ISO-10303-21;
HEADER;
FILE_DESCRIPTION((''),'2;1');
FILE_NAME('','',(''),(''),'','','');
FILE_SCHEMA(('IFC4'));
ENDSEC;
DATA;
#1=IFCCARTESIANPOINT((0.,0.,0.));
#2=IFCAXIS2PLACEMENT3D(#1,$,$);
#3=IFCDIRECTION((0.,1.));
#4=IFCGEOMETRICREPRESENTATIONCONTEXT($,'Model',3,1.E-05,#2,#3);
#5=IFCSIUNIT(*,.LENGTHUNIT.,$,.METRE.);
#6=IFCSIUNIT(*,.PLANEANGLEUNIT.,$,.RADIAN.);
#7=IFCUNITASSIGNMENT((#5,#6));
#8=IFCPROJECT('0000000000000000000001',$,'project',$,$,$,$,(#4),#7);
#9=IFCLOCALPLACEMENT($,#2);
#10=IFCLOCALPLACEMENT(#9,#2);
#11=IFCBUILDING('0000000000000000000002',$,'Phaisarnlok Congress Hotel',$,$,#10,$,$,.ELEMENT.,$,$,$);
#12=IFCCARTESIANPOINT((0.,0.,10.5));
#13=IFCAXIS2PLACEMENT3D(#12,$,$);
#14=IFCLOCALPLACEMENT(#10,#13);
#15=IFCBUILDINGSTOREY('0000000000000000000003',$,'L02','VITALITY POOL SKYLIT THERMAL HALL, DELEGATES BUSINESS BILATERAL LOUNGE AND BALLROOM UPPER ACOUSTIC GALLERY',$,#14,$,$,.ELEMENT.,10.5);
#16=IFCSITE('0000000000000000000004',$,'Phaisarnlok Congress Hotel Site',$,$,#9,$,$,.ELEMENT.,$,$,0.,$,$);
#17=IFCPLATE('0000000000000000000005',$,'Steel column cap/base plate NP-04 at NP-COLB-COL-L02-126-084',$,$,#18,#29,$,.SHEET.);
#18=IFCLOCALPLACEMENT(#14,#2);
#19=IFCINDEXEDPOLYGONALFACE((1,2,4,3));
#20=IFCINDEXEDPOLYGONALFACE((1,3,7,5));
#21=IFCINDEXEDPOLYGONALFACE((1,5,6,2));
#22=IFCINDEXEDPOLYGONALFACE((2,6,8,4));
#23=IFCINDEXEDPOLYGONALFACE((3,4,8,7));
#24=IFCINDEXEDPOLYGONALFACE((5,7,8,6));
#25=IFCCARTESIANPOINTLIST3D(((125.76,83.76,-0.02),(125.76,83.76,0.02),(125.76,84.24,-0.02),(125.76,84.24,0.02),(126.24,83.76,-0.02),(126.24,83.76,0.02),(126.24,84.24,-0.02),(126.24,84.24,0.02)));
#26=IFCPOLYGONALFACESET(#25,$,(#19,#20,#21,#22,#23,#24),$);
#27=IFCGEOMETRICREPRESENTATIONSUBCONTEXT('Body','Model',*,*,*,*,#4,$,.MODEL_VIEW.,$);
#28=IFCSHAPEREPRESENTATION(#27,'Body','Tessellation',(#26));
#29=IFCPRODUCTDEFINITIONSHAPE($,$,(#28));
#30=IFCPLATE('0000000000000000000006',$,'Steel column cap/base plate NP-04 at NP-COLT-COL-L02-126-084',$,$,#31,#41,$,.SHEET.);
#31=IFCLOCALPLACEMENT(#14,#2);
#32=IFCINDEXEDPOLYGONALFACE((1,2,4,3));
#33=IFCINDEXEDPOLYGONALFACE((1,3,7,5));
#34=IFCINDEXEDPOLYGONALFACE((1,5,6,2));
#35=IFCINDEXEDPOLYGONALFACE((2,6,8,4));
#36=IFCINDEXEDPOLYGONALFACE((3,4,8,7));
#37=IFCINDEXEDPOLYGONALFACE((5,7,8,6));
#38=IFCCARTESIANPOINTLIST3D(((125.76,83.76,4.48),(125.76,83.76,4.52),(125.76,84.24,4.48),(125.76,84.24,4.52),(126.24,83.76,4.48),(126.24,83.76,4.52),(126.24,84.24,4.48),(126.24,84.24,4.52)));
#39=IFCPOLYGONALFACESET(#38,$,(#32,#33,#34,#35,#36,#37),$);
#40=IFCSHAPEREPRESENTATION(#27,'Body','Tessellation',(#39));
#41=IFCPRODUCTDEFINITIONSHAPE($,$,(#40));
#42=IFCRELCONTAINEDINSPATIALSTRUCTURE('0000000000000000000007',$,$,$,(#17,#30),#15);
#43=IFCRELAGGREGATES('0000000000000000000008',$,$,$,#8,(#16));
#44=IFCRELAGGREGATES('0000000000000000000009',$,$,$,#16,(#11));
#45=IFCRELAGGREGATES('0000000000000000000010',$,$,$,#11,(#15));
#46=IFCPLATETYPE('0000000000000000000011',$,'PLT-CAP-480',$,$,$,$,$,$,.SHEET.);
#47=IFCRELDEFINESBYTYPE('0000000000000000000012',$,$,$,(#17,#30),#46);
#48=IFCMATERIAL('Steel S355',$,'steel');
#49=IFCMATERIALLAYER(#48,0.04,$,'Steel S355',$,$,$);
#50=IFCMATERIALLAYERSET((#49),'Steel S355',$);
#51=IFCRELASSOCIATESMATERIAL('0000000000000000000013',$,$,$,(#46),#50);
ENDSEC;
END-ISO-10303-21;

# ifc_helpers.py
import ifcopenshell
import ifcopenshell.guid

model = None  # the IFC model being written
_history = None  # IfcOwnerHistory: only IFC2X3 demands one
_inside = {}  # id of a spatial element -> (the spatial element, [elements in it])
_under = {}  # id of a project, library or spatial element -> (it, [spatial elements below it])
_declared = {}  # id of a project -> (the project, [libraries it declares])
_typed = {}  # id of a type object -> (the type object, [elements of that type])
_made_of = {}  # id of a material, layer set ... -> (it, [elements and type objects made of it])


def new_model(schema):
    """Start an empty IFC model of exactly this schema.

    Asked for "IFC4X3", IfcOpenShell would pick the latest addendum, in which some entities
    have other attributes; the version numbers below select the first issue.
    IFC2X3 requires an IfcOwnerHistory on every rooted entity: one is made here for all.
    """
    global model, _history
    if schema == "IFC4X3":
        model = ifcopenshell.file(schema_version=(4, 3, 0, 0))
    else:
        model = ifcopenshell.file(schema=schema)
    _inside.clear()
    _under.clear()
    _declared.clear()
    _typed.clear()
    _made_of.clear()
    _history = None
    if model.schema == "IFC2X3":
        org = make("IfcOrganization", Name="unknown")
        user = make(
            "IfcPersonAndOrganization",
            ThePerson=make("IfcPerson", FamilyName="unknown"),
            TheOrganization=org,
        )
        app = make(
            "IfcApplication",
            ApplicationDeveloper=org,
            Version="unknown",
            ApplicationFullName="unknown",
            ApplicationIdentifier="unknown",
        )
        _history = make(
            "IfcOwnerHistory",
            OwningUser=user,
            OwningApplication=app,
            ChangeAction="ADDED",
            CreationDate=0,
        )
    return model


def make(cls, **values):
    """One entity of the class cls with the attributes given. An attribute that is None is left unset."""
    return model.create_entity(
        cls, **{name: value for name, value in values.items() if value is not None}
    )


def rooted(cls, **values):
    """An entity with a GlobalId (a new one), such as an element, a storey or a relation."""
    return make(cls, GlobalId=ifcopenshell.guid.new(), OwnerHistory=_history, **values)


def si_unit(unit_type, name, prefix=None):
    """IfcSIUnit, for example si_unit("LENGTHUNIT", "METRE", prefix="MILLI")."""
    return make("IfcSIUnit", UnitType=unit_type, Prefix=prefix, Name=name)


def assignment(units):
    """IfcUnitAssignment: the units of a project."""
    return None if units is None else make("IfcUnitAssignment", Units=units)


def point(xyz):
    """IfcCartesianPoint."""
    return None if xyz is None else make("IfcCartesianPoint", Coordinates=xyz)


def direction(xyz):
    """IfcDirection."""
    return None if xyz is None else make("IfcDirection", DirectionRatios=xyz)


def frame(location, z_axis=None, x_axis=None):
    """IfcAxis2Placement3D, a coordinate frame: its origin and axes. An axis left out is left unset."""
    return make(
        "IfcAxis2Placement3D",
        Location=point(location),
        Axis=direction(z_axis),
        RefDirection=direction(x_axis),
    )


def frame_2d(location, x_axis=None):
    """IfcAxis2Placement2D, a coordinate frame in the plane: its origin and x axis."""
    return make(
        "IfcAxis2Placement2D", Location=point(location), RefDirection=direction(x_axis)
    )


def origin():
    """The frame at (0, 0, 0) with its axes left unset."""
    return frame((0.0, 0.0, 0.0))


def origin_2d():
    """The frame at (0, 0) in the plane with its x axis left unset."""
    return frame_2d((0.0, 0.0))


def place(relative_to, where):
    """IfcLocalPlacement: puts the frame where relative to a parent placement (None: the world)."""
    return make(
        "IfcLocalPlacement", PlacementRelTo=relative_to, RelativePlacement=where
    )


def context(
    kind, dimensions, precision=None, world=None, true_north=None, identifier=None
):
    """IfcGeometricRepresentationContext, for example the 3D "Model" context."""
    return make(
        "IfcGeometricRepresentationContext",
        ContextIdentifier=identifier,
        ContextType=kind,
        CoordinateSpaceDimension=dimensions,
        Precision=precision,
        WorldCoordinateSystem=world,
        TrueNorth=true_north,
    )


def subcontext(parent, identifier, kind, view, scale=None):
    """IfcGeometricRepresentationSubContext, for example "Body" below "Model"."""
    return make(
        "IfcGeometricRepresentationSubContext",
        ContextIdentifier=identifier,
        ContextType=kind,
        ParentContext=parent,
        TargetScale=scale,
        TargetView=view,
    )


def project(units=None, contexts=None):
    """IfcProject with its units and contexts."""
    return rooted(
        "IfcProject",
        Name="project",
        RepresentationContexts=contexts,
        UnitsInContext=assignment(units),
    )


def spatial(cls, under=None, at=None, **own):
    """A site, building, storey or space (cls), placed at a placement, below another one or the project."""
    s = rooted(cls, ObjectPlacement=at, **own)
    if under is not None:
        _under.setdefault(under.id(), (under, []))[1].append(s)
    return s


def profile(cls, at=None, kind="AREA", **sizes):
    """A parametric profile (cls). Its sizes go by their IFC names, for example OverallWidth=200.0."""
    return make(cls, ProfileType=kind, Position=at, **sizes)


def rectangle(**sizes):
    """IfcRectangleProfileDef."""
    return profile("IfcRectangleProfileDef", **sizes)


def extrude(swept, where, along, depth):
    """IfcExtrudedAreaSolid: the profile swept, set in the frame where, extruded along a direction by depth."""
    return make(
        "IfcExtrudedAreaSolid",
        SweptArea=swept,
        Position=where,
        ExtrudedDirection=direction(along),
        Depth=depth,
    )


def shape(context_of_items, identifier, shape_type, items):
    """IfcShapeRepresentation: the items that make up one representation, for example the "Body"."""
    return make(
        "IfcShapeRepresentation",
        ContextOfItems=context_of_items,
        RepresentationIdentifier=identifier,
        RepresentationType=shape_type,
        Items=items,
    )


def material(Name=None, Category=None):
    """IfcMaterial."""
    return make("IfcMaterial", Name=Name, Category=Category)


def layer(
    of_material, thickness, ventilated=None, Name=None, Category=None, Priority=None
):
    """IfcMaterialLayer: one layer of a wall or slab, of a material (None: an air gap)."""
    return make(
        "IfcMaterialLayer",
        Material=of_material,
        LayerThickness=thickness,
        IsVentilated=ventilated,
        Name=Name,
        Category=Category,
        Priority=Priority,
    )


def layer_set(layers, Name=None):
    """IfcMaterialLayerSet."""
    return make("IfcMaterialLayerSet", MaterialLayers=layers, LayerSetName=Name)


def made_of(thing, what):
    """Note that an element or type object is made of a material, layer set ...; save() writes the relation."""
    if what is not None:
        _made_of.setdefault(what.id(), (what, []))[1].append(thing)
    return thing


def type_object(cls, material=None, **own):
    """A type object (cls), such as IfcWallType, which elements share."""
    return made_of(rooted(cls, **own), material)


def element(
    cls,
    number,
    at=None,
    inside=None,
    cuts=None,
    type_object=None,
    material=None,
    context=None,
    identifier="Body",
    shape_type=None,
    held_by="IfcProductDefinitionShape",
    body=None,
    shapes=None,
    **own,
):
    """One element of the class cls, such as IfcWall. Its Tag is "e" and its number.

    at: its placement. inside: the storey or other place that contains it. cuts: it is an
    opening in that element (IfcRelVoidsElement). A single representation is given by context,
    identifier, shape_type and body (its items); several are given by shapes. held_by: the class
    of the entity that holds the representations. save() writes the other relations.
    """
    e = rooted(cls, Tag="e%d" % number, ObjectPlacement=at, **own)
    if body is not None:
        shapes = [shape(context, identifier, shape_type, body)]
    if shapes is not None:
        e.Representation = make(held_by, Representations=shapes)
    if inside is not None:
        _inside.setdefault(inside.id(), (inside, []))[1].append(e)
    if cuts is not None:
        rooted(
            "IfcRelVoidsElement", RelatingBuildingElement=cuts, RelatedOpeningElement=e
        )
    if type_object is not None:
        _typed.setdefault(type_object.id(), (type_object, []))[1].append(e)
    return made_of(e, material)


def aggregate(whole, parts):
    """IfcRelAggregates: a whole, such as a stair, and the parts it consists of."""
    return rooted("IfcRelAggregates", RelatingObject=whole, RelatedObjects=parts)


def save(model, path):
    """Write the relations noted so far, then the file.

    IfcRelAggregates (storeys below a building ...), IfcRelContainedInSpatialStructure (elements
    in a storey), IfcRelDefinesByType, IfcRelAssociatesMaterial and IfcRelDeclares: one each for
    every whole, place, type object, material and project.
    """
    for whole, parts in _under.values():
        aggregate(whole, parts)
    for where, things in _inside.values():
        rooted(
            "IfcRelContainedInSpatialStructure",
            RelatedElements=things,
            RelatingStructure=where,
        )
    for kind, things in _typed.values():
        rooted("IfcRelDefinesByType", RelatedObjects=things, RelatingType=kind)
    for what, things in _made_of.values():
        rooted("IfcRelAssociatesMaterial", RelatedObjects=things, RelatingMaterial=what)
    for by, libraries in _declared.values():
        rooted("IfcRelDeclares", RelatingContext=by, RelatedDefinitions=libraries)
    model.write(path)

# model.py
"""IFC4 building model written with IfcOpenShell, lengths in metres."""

from ifc_helpers import new_model, si_unit, direction, frame, origin, origin_2d, place, context, subcontext, project, spatial, rectangle, extrude, material, layer, layer_set, type_object, element, save


model = new_model("IFC4")

# Units and contexts
model_context = context("Model", 3, precision=1e-05, world=origin(), true_north=direction((0.0, 1.0)))
body_context = subcontext(model_context, "Body", "Model", "MODEL_VIEW")
ifc_project = project(units=[si_unit("LENGTHUNIT", "METRE"), si_unit("PLANEANGLEUNIT", "RADIAN")], contexts=[model_context])

# Site, building, storey
site_placement = place(None, origin())
site = spatial("IfcSite", under=ifc_project, at=site_placement, Name="Phaisarnlok Congress Hotel Site", CompositionType="ELEMENT", RefElevation=0.0)
building_placement = place(site_placement, origin())
building = spatial("IfcBuilding", under=site, at=building_placement, Name="Phaisarnlok Congress Hotel", CompositionType="ELEMENT")
storey_placement = place(building_placement, frame((0.0, 0.0, 10.5)))
storey = spatial("IfcBuildingStorey", under=building, at=storey_placement, Name="L02", Description="VITALITY POOL SKYLIT THERMAL HALL, DELEGATES BUSINESS BILATERAL LOUNGE AND BALLROOM UPPER ACOUSTIC GALLERY", CompositionType="ELEMENT", Elevation=10.5)

# Shared definitions
ifc_material_1 = material(Name="Steel S355", Category="steel")

# Plates
ifc_layer_1 = layer(ifc_material_1, 0.04, Name="Steel S355")
ifc_layer_set_1 = layer_set([ifc_layer_1], Name="Steel S355")
plate_type_1 = type_object("IfcPlateType", Name="PLT-CAP-480", PredefinedType="SHEET", material=ifc_layer_set_1)
for number, where, z_axis, x_axis, name in (
    (1, (126.0, 84.0, -0.02), (0.0, 0.0, 1.0), (1.0, 0.0, 0.0), "Steel column cap/base plate NP-04 at NP-COLB-COL-L02-126-084"),
    (2, (126.0, 84.0, 4.48), (0.0, 0.0, 1.0), (1.0, 0.0, 0.0), "Steel column cap/base plate NP-04 at NP-COLT-COL-L02-126-084"),
):
    element("IfcPlate", number, at=place(storey_placement, frame(where, z_axis=z_axis, x_axis=x_axis)), inside=storey, type_object=plate_type_1, Name=name, PredefinedType="SHEET", context=body_context, shape_type="SweptSolid", body=[
        extrude(rectangle(XDim=0.48, YDim=0.48, at=origin_2d()), origin(), (0.0, 0.0, 1.0), 0.04),
    ])

save(model, "model.ifc")
